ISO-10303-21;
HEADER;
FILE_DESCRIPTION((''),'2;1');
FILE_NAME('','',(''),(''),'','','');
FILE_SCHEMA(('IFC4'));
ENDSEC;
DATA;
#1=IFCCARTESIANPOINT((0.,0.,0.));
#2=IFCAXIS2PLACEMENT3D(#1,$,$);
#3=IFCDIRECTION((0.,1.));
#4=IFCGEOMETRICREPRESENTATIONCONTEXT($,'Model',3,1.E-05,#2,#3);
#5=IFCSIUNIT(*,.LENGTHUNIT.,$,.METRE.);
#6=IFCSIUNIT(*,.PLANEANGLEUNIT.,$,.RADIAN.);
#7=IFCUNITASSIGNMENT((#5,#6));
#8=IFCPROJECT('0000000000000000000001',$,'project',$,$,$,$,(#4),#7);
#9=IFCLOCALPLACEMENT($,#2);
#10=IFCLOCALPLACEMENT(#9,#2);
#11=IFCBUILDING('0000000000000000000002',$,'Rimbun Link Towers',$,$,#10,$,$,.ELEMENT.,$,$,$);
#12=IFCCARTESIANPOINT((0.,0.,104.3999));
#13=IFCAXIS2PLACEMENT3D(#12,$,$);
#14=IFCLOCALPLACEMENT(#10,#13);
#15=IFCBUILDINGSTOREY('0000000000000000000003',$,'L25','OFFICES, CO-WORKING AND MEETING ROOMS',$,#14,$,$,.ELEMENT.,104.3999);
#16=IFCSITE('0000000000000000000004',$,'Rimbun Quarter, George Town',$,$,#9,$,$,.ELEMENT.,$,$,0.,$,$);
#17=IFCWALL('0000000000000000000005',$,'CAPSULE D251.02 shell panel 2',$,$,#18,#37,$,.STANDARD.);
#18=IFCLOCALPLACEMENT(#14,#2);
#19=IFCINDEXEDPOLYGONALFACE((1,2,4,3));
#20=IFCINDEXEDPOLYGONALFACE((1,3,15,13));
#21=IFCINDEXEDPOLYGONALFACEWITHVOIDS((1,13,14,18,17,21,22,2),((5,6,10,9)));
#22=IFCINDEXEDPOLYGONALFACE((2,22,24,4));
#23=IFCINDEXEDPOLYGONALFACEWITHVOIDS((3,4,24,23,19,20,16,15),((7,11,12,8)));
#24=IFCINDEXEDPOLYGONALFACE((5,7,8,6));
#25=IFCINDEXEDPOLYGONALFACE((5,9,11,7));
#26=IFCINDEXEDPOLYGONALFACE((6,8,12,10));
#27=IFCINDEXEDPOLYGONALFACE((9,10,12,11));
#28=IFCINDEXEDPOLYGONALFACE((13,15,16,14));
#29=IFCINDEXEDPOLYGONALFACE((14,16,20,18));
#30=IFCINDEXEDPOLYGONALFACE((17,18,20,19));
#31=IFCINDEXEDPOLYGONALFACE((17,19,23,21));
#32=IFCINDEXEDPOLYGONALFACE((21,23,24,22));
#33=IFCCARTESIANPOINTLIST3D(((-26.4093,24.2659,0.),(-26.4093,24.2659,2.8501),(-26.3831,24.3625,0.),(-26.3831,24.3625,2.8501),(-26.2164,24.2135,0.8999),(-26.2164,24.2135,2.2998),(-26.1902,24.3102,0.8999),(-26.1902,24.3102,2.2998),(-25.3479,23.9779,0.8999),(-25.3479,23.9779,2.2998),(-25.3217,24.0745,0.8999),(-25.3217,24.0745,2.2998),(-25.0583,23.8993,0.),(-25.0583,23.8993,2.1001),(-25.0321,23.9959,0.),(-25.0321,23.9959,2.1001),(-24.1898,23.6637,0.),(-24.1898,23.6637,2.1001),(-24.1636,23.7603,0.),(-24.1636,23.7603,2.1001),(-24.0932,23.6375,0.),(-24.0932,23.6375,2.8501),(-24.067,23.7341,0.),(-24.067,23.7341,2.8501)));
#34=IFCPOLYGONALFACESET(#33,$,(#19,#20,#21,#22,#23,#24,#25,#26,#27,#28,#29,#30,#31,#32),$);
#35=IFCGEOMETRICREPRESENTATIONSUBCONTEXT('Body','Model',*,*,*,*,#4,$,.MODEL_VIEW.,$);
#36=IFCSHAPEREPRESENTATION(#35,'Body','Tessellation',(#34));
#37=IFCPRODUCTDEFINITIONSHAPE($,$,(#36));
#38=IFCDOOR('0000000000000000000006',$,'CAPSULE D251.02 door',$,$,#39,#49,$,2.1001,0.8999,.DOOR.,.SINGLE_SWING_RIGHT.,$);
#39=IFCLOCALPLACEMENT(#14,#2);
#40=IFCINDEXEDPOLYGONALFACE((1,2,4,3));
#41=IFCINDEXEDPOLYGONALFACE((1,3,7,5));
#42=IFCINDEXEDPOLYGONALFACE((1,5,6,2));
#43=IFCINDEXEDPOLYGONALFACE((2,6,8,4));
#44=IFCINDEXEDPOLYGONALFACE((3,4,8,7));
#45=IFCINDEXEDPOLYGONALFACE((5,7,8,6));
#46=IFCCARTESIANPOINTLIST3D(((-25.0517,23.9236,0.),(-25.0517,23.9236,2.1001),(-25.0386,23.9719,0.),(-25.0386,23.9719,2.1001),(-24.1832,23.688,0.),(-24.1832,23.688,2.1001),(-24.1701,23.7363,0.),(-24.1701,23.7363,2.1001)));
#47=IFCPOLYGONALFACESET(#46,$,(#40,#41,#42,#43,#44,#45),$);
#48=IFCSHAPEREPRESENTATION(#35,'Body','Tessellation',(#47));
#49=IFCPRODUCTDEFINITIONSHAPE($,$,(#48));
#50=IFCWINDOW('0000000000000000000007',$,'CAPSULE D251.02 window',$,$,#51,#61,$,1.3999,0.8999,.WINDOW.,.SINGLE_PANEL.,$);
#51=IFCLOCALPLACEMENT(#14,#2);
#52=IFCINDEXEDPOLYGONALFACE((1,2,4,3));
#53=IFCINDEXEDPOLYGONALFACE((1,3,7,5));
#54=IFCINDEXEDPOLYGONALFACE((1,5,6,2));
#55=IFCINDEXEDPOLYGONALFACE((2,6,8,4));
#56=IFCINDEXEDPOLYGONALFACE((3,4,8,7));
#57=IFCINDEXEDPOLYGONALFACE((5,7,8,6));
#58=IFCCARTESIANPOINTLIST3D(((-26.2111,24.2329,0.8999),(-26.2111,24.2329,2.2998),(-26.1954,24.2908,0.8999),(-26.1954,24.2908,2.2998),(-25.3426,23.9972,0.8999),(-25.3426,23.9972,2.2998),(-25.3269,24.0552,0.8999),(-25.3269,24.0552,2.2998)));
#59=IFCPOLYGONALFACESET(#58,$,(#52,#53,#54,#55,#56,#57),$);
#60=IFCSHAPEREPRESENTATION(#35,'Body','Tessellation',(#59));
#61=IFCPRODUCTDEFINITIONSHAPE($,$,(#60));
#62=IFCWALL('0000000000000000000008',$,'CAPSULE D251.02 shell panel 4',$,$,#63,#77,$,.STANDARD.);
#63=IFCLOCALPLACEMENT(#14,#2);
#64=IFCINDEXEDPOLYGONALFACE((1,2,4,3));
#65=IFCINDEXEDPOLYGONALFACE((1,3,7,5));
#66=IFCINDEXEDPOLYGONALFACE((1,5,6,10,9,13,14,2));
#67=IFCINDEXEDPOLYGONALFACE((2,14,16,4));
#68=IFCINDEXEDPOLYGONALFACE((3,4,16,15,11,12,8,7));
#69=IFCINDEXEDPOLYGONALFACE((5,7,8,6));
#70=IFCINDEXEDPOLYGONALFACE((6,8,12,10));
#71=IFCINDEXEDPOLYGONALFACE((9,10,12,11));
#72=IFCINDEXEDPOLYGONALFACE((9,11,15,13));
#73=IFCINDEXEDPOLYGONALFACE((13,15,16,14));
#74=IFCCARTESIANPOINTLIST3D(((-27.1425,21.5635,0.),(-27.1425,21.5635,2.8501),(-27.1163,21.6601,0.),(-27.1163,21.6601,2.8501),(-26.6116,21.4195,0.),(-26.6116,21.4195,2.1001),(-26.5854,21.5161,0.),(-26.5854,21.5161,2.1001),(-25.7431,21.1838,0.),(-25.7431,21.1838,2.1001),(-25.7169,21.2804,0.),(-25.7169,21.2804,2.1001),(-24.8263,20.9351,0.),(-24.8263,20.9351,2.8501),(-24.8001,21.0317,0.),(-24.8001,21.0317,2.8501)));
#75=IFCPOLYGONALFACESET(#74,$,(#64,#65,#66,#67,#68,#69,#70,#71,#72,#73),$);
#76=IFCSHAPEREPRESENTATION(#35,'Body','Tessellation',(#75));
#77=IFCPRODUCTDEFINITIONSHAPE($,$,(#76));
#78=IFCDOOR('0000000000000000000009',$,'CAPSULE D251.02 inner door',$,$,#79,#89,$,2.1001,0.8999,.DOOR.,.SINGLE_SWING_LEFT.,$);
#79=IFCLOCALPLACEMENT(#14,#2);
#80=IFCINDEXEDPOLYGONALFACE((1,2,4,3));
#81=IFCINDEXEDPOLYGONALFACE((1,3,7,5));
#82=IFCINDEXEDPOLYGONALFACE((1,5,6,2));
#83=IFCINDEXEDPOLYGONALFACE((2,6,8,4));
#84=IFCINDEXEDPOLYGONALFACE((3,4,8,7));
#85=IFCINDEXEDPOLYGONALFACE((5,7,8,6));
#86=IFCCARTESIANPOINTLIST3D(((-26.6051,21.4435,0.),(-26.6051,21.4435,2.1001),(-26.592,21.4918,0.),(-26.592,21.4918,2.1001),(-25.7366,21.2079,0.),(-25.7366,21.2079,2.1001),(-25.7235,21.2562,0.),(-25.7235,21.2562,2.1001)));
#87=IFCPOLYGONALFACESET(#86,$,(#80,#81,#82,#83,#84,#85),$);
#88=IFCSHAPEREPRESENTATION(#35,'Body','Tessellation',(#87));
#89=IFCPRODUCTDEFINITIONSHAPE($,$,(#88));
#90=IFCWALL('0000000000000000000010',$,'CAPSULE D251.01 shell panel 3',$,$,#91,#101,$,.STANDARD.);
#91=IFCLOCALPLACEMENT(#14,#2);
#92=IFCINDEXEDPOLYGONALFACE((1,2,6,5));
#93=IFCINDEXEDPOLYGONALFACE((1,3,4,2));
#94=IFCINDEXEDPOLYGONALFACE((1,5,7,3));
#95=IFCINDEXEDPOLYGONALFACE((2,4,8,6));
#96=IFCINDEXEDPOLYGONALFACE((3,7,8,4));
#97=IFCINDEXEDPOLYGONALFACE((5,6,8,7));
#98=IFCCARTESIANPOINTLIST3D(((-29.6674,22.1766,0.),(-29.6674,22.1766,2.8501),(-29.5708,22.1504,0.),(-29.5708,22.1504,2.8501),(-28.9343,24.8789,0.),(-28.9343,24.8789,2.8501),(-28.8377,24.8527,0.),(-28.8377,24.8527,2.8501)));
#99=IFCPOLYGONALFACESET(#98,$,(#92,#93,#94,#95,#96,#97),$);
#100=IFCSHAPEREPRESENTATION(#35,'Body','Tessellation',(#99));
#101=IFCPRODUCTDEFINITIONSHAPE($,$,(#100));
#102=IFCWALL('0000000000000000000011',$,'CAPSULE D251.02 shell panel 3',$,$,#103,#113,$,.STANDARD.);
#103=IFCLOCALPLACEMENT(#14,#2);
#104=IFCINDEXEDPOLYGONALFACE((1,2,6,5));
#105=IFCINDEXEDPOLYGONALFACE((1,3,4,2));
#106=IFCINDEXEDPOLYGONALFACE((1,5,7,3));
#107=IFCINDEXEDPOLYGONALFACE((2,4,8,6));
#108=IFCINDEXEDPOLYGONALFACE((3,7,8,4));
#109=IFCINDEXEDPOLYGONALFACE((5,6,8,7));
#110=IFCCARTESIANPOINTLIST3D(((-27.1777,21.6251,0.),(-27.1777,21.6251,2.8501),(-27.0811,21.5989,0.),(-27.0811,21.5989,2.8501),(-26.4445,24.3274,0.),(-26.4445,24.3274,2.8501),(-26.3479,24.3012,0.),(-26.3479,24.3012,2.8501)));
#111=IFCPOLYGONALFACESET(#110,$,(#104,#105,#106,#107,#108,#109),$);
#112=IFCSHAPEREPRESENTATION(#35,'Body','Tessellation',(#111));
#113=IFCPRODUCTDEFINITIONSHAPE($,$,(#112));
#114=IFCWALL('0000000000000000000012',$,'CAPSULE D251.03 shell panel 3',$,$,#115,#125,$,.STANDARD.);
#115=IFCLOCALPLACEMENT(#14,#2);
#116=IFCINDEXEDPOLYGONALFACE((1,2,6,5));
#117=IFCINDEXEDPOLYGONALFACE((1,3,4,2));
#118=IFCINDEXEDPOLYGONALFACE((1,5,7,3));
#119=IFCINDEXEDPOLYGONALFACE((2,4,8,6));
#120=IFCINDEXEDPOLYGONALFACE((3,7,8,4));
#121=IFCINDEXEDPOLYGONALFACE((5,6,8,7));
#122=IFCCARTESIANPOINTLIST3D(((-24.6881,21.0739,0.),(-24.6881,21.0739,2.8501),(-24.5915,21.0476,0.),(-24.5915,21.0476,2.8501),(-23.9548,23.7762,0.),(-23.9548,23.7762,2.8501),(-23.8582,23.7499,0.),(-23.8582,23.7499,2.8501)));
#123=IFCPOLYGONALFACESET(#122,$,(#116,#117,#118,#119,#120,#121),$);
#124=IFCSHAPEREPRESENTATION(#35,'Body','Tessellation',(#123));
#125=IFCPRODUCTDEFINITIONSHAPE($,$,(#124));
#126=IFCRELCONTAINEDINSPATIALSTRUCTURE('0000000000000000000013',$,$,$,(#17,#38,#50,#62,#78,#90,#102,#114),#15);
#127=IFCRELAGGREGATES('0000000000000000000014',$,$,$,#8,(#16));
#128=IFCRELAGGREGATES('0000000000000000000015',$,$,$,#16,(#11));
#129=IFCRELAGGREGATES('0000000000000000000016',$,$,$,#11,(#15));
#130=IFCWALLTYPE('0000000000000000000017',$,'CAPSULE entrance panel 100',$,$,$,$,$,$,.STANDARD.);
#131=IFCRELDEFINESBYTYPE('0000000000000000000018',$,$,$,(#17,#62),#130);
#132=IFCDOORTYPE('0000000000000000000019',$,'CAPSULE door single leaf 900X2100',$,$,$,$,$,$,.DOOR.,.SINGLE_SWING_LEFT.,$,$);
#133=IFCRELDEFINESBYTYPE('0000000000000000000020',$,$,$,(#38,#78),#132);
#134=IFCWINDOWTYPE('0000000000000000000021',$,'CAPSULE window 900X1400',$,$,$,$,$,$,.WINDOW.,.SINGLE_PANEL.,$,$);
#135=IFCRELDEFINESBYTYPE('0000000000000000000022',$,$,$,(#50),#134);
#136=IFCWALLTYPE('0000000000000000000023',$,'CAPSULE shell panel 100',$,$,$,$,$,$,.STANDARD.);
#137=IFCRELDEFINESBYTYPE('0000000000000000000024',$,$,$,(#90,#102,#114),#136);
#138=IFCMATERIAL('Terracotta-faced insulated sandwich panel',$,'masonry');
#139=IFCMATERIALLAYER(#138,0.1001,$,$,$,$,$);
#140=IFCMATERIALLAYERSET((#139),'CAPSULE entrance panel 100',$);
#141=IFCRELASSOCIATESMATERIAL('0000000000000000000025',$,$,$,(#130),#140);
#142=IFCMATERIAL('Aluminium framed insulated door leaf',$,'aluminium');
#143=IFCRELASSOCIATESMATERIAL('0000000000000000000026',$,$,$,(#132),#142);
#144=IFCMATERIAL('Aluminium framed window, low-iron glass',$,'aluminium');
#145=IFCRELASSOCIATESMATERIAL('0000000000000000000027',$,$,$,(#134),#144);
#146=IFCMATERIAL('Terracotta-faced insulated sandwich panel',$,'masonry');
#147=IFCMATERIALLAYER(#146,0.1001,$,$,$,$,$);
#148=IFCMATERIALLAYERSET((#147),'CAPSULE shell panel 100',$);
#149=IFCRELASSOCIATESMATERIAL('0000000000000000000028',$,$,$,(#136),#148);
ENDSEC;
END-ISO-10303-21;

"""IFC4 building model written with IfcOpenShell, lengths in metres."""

from ifc_helpers import new_model, si_unit, direction, frame, frame_2d, origin, place, context, subcontext, project, spatial, rectangle, extrude, material, layer, layer_set, type_object, element, fill, save


model = new_model("IFC4")

# Units and contexts
model_context = context("Model", 3, precision=1e-05, world=origin(), true_north=direction((0.0, 1.0)))
body_context = subcontext(model_context, "Body", "Model", "MODEL_VIEW")
ifc_project = project(units=[si_unit("LENGTHUNIT", "METRE"), si_unit("PLANEANGLEUNIT", "RADIAN")], contexts=[model_context])

# Site, building, storey
site_placement = place(None, origin())
site = spatial("IfcSite", under=ifc_project, at=site_placement, Name="Rimbun Quarter, George Town", CompositionType="ELEMENT", RefElevation=0.0)
building_placement = place(site_placement, origin())
building = spatial("IfcBuilding", under=site, at=building_placement, Name="Rimbun Link Towers", CompositionType="ELEMENT")
storey_placement = place(building_placement, frame((0.0, 0.0, 104.3999)))
storey = spatial("IfcBuildingStorey", under=building, at=storey_placement, Name="L25", Description="OFFICES, CO-WORKING AND MEETING ROOMS", CompositionType="ELEMENT", Elevation=104.3999)

# Wall, openings, door, window
ifc_material_1 = material(Name="Terracotta-faced insulated sandwich panel", Category="masonry")
ifc_layer_1 = layer(ifc_material_1, 0.1001)
ifc_layer_set_1 = layer_set([ifc_layer_1], Name="CAPSULE entrance panel 100")
wall_type_1 = type_object("IfcWallType", Name="CAPSULE entrance panel 100", PredefinedType="STANDARD", material=ifc_layer_set_1)
ifc_material_2 = material(Name="Aluminium framed insulated door leaf", Category="aluminium")
door_type = type_object("IfcDoorType", Name="CAPSULE door single leaf 900X2100", OperationType="SINGLE_SWING_LEFT", PredefinedType="DOOR", material=ifc_material_2)
ifc_material_3 = material(Name="Aluminium framed window, low-iron glass", Category="aluminium")
window_type = type_object("IfcWindowType", Name="CAPSULE window 900X1400", PartitioningType="SINGLE_PANEL", PredefinedType="WINDOW", material=ifc_material_3)
wall_1_placement = place(storey_placement, frame((-24.0801, 23.6858, 0.0), z_axis=(0.0, 0.0, 1.0), x_axis=(-0.965108, 0.261852, 0.0)))
wall_1 = element("IfcWall", 1, at=wall_1_placement, inside=storey, type_object=wall_type_1, Name="CAPSULE D251.02 shell panel 2", PredefinedType="STANDARD", context=body_context, shape_type="SweptSolid", body=[
    extrude(rectangle(XDim=2.3999, YDim=0.1001, at=frame_2d((1.2, 0.0))), origin(), (0.0, 0.0, 1.0), 2.8501),
])
opening_1_placement = place(wall_1_placement, frame((0.1001, 0.0, 0.0)))
opening_1 = element("IfcOpeningElement", 2, at=opening_1_placement, cuts=wall_1, PredefinedType="OPENING", context=body_context, shape_type="SweptSolid", body=[
    extrude(rectangle(XDim=0.8999, YDim=2.1001, at=frame_2d((0.45, 1.05))), frame((0.0, 0.0601, 0.0), z_axis=(0.0, -1.0, 0.0), x_axis=(1.0, 0.0, 0.0)), (0.0, 0.0, 1.0), 0.1201),
])
opening_2_placement = place(wall_1_placement, frame((1.3, 0.0, 0.8999)))
opening_2 = element("IfcOpeningElement", 3, at=opening_2_placement, cuts=wall_1, PredefinedType="OPENING", context=body_context, shape_type="SweptSolid", body=[
    extrude(rectangle(XDim=0.8999, YDim=1.3999, at=frame_2d((0.45, 0.7))), frame((0.0, 0.0601, 0.0), z_axis=(0.0, -1.0, 0.0), x_axis=(1.0, 0.0, 0.0)), (0.0, 0.0, 1.0), 0.1201),
])
door_1_placement = place(opening_1_placement, origin())
door_1 = element("IfcDoor", 4, at=door_1_placement, inside=storey, type_object=door_type, Name="CAPSULE D251.02 door", OperationType="SINGLE_SWING_RIGHT", OverallHeight=2.1001, OverallWidth=0.8999, PredefinedType="DOOR", context=body_context, shape_type="SweptSolid", body=[
    extrude(rectangle(XDim=0.8999, YDim=2.1001, at=frame_2d((0.45, 1.05))), frame((0.0, 0.0249, 0.0), z_axis=(0.0, -1.0, 0.0), x_axis=(1.0, 0.0, 0.0)), (0.0, 0.0, 1.0), 0.05),
])
fill(opening_1, door_1)
window_1_placement = place(opening_2_placement, origin())
window_1 = element("IfcWindow", 5, at=window_1_placement, inside=storey, type_object=window_type, Name="CAPSULE D251.02 window", OverallHeight=1.3999, OverallWidth=0.8999, PartitioningType="SINGLE_PANEL", PredefinedType="WINDOW", context=body_context, shape_type="SweptSolid", body=[
    extrude(rectangle(XDim=0.8999, YDim=1.3999, at=frame_2d((0.45, 0.7))), frame((0.0, 0.03, 0.0), z_axis=(0.0, -1.0, 0.0), x_axis=(1.0, 0.0, 0.0)), (0.0, 0.0, 1.0), 0.0601),
])
fill(opening_2, window_1)

# Wall, opening, door
wall_2_placement = place(storey_placement, frame((-27.1294, 21.6118, 0.0), z_axis=(0.0, 0.0, 1.0), x_axis=(0.965108, -0.261852, 0.0)))
wall_2 = element("IfcWall", 6, at=wall_2_placement, inside=storey, type_object=wall_type_1, Name="CAPSULE D251.02 shell panel 4", PredefinedType="STANDARD", context=body_context, shape_type="SweptSolid", body=[
    extrude(rectangle(XDim=2.3999, YDim=0.1001, at=frame_2d((1.2, 0.0))), origin(), (0.0, 0.0, 1.0), 2.8501),
])
opening_3_placement = place(wall_2_placement, frame((0.55, 0.0, 0.0)))
opening_3 = element("IfcOpeningElement", 7, at=opening_3_placement, cuts=wall_2, PredefinedType="OPENING", context=body_context, shape_type="SweptSolid", body=[
    extrude(rectangle(XDim=0.8999, YDim=2.1001, at=frame_2d((0.45, 1.05))), frame((0.0, 0.0601, 0.0), z_axis=(0.0, -1.0, 0.0), x_axis=(1.0, 0.0, 0.0)), (0.0, 0.0, 1.0), 0.1201),
])
door_2_placement = place(opening_3_placement, origin())
door_2 = element("IfcDoor", 8, at=door_2_placement, inside=storey, type_object=door_type, Name="CAPSULE D251.02 inner door", OperationType="SINGLE_SWING_LEFT", OverallHeight=2.1001, OverallWidth=0.8999, PredefinedType="DOOR", context=body_context, shape_type="SweptSolid", body=[
    extrude(rectangle(XDim=0.8999, YDim=2.1001, at=frame_2d((0.45, 1.05))), frame((0.0, 0.0249, 0.0), z_axis=(0.0, -1.0, 0.0), x_axis=(1.0, 0.0, 0.0)), (0.0, 0.0, 1.0), 0.05),
])
fill(opening_3, door_2)

# Walls
ifc_material_4 = material(Name="Terracotta-faced insulated sandwich panel", Category="masonry")
ifc_layer_2 = layer(ifc_material_4, 0.1001)
ifc_layer_set_2 = layer_set([ifc_layer_2], Name="CAPSULE shell panel 100")
wall_type_2 = type_object("IfcWallType", Name="CAPSULE shell panel 100", PredefinedType="STANDARD", material=ifc_layer_set_2)
for number, where, z_axis, x_axis, name in (
    (9, (-28.886, 24.8657, 0.0), (0.0, 0.0, 1.0), (-0.261833, -0.965113, 0.0), "CAPSULE D251.01 shell panel 3"),
    (10, (-26.3962, 24.3142, 0.0), (0.0, 0.0, 1.0), (-0.261833, -0.965113, 0.0), "CAPSULE D251.02 shell panel 3"),
    (11, (-23.9065, 23.7629, 0.0), (0.0, 0.0, 1.0), (-0.261915, -0.965091, 0.0), "CAPSULE D251.03 shell panel 3"),
):
    element("IfcWall", number, at=place(storey_placement, frame(where, z_axis=z_axis, x_axis=x_axis)), inside=storey, type_object=wall_type_2, Name=name, PredefinedType="STANDARD", context=body_context, shape_type="SweptSolid", body=[
        extrude(rectangle(XDim=2.8, YDim=0.1001, at=frame_2d((1.3999, 0.0))), origin(), (0.0, 0.0, 1.0), 2.8501),
    ])

save(model, "model.ifc")
